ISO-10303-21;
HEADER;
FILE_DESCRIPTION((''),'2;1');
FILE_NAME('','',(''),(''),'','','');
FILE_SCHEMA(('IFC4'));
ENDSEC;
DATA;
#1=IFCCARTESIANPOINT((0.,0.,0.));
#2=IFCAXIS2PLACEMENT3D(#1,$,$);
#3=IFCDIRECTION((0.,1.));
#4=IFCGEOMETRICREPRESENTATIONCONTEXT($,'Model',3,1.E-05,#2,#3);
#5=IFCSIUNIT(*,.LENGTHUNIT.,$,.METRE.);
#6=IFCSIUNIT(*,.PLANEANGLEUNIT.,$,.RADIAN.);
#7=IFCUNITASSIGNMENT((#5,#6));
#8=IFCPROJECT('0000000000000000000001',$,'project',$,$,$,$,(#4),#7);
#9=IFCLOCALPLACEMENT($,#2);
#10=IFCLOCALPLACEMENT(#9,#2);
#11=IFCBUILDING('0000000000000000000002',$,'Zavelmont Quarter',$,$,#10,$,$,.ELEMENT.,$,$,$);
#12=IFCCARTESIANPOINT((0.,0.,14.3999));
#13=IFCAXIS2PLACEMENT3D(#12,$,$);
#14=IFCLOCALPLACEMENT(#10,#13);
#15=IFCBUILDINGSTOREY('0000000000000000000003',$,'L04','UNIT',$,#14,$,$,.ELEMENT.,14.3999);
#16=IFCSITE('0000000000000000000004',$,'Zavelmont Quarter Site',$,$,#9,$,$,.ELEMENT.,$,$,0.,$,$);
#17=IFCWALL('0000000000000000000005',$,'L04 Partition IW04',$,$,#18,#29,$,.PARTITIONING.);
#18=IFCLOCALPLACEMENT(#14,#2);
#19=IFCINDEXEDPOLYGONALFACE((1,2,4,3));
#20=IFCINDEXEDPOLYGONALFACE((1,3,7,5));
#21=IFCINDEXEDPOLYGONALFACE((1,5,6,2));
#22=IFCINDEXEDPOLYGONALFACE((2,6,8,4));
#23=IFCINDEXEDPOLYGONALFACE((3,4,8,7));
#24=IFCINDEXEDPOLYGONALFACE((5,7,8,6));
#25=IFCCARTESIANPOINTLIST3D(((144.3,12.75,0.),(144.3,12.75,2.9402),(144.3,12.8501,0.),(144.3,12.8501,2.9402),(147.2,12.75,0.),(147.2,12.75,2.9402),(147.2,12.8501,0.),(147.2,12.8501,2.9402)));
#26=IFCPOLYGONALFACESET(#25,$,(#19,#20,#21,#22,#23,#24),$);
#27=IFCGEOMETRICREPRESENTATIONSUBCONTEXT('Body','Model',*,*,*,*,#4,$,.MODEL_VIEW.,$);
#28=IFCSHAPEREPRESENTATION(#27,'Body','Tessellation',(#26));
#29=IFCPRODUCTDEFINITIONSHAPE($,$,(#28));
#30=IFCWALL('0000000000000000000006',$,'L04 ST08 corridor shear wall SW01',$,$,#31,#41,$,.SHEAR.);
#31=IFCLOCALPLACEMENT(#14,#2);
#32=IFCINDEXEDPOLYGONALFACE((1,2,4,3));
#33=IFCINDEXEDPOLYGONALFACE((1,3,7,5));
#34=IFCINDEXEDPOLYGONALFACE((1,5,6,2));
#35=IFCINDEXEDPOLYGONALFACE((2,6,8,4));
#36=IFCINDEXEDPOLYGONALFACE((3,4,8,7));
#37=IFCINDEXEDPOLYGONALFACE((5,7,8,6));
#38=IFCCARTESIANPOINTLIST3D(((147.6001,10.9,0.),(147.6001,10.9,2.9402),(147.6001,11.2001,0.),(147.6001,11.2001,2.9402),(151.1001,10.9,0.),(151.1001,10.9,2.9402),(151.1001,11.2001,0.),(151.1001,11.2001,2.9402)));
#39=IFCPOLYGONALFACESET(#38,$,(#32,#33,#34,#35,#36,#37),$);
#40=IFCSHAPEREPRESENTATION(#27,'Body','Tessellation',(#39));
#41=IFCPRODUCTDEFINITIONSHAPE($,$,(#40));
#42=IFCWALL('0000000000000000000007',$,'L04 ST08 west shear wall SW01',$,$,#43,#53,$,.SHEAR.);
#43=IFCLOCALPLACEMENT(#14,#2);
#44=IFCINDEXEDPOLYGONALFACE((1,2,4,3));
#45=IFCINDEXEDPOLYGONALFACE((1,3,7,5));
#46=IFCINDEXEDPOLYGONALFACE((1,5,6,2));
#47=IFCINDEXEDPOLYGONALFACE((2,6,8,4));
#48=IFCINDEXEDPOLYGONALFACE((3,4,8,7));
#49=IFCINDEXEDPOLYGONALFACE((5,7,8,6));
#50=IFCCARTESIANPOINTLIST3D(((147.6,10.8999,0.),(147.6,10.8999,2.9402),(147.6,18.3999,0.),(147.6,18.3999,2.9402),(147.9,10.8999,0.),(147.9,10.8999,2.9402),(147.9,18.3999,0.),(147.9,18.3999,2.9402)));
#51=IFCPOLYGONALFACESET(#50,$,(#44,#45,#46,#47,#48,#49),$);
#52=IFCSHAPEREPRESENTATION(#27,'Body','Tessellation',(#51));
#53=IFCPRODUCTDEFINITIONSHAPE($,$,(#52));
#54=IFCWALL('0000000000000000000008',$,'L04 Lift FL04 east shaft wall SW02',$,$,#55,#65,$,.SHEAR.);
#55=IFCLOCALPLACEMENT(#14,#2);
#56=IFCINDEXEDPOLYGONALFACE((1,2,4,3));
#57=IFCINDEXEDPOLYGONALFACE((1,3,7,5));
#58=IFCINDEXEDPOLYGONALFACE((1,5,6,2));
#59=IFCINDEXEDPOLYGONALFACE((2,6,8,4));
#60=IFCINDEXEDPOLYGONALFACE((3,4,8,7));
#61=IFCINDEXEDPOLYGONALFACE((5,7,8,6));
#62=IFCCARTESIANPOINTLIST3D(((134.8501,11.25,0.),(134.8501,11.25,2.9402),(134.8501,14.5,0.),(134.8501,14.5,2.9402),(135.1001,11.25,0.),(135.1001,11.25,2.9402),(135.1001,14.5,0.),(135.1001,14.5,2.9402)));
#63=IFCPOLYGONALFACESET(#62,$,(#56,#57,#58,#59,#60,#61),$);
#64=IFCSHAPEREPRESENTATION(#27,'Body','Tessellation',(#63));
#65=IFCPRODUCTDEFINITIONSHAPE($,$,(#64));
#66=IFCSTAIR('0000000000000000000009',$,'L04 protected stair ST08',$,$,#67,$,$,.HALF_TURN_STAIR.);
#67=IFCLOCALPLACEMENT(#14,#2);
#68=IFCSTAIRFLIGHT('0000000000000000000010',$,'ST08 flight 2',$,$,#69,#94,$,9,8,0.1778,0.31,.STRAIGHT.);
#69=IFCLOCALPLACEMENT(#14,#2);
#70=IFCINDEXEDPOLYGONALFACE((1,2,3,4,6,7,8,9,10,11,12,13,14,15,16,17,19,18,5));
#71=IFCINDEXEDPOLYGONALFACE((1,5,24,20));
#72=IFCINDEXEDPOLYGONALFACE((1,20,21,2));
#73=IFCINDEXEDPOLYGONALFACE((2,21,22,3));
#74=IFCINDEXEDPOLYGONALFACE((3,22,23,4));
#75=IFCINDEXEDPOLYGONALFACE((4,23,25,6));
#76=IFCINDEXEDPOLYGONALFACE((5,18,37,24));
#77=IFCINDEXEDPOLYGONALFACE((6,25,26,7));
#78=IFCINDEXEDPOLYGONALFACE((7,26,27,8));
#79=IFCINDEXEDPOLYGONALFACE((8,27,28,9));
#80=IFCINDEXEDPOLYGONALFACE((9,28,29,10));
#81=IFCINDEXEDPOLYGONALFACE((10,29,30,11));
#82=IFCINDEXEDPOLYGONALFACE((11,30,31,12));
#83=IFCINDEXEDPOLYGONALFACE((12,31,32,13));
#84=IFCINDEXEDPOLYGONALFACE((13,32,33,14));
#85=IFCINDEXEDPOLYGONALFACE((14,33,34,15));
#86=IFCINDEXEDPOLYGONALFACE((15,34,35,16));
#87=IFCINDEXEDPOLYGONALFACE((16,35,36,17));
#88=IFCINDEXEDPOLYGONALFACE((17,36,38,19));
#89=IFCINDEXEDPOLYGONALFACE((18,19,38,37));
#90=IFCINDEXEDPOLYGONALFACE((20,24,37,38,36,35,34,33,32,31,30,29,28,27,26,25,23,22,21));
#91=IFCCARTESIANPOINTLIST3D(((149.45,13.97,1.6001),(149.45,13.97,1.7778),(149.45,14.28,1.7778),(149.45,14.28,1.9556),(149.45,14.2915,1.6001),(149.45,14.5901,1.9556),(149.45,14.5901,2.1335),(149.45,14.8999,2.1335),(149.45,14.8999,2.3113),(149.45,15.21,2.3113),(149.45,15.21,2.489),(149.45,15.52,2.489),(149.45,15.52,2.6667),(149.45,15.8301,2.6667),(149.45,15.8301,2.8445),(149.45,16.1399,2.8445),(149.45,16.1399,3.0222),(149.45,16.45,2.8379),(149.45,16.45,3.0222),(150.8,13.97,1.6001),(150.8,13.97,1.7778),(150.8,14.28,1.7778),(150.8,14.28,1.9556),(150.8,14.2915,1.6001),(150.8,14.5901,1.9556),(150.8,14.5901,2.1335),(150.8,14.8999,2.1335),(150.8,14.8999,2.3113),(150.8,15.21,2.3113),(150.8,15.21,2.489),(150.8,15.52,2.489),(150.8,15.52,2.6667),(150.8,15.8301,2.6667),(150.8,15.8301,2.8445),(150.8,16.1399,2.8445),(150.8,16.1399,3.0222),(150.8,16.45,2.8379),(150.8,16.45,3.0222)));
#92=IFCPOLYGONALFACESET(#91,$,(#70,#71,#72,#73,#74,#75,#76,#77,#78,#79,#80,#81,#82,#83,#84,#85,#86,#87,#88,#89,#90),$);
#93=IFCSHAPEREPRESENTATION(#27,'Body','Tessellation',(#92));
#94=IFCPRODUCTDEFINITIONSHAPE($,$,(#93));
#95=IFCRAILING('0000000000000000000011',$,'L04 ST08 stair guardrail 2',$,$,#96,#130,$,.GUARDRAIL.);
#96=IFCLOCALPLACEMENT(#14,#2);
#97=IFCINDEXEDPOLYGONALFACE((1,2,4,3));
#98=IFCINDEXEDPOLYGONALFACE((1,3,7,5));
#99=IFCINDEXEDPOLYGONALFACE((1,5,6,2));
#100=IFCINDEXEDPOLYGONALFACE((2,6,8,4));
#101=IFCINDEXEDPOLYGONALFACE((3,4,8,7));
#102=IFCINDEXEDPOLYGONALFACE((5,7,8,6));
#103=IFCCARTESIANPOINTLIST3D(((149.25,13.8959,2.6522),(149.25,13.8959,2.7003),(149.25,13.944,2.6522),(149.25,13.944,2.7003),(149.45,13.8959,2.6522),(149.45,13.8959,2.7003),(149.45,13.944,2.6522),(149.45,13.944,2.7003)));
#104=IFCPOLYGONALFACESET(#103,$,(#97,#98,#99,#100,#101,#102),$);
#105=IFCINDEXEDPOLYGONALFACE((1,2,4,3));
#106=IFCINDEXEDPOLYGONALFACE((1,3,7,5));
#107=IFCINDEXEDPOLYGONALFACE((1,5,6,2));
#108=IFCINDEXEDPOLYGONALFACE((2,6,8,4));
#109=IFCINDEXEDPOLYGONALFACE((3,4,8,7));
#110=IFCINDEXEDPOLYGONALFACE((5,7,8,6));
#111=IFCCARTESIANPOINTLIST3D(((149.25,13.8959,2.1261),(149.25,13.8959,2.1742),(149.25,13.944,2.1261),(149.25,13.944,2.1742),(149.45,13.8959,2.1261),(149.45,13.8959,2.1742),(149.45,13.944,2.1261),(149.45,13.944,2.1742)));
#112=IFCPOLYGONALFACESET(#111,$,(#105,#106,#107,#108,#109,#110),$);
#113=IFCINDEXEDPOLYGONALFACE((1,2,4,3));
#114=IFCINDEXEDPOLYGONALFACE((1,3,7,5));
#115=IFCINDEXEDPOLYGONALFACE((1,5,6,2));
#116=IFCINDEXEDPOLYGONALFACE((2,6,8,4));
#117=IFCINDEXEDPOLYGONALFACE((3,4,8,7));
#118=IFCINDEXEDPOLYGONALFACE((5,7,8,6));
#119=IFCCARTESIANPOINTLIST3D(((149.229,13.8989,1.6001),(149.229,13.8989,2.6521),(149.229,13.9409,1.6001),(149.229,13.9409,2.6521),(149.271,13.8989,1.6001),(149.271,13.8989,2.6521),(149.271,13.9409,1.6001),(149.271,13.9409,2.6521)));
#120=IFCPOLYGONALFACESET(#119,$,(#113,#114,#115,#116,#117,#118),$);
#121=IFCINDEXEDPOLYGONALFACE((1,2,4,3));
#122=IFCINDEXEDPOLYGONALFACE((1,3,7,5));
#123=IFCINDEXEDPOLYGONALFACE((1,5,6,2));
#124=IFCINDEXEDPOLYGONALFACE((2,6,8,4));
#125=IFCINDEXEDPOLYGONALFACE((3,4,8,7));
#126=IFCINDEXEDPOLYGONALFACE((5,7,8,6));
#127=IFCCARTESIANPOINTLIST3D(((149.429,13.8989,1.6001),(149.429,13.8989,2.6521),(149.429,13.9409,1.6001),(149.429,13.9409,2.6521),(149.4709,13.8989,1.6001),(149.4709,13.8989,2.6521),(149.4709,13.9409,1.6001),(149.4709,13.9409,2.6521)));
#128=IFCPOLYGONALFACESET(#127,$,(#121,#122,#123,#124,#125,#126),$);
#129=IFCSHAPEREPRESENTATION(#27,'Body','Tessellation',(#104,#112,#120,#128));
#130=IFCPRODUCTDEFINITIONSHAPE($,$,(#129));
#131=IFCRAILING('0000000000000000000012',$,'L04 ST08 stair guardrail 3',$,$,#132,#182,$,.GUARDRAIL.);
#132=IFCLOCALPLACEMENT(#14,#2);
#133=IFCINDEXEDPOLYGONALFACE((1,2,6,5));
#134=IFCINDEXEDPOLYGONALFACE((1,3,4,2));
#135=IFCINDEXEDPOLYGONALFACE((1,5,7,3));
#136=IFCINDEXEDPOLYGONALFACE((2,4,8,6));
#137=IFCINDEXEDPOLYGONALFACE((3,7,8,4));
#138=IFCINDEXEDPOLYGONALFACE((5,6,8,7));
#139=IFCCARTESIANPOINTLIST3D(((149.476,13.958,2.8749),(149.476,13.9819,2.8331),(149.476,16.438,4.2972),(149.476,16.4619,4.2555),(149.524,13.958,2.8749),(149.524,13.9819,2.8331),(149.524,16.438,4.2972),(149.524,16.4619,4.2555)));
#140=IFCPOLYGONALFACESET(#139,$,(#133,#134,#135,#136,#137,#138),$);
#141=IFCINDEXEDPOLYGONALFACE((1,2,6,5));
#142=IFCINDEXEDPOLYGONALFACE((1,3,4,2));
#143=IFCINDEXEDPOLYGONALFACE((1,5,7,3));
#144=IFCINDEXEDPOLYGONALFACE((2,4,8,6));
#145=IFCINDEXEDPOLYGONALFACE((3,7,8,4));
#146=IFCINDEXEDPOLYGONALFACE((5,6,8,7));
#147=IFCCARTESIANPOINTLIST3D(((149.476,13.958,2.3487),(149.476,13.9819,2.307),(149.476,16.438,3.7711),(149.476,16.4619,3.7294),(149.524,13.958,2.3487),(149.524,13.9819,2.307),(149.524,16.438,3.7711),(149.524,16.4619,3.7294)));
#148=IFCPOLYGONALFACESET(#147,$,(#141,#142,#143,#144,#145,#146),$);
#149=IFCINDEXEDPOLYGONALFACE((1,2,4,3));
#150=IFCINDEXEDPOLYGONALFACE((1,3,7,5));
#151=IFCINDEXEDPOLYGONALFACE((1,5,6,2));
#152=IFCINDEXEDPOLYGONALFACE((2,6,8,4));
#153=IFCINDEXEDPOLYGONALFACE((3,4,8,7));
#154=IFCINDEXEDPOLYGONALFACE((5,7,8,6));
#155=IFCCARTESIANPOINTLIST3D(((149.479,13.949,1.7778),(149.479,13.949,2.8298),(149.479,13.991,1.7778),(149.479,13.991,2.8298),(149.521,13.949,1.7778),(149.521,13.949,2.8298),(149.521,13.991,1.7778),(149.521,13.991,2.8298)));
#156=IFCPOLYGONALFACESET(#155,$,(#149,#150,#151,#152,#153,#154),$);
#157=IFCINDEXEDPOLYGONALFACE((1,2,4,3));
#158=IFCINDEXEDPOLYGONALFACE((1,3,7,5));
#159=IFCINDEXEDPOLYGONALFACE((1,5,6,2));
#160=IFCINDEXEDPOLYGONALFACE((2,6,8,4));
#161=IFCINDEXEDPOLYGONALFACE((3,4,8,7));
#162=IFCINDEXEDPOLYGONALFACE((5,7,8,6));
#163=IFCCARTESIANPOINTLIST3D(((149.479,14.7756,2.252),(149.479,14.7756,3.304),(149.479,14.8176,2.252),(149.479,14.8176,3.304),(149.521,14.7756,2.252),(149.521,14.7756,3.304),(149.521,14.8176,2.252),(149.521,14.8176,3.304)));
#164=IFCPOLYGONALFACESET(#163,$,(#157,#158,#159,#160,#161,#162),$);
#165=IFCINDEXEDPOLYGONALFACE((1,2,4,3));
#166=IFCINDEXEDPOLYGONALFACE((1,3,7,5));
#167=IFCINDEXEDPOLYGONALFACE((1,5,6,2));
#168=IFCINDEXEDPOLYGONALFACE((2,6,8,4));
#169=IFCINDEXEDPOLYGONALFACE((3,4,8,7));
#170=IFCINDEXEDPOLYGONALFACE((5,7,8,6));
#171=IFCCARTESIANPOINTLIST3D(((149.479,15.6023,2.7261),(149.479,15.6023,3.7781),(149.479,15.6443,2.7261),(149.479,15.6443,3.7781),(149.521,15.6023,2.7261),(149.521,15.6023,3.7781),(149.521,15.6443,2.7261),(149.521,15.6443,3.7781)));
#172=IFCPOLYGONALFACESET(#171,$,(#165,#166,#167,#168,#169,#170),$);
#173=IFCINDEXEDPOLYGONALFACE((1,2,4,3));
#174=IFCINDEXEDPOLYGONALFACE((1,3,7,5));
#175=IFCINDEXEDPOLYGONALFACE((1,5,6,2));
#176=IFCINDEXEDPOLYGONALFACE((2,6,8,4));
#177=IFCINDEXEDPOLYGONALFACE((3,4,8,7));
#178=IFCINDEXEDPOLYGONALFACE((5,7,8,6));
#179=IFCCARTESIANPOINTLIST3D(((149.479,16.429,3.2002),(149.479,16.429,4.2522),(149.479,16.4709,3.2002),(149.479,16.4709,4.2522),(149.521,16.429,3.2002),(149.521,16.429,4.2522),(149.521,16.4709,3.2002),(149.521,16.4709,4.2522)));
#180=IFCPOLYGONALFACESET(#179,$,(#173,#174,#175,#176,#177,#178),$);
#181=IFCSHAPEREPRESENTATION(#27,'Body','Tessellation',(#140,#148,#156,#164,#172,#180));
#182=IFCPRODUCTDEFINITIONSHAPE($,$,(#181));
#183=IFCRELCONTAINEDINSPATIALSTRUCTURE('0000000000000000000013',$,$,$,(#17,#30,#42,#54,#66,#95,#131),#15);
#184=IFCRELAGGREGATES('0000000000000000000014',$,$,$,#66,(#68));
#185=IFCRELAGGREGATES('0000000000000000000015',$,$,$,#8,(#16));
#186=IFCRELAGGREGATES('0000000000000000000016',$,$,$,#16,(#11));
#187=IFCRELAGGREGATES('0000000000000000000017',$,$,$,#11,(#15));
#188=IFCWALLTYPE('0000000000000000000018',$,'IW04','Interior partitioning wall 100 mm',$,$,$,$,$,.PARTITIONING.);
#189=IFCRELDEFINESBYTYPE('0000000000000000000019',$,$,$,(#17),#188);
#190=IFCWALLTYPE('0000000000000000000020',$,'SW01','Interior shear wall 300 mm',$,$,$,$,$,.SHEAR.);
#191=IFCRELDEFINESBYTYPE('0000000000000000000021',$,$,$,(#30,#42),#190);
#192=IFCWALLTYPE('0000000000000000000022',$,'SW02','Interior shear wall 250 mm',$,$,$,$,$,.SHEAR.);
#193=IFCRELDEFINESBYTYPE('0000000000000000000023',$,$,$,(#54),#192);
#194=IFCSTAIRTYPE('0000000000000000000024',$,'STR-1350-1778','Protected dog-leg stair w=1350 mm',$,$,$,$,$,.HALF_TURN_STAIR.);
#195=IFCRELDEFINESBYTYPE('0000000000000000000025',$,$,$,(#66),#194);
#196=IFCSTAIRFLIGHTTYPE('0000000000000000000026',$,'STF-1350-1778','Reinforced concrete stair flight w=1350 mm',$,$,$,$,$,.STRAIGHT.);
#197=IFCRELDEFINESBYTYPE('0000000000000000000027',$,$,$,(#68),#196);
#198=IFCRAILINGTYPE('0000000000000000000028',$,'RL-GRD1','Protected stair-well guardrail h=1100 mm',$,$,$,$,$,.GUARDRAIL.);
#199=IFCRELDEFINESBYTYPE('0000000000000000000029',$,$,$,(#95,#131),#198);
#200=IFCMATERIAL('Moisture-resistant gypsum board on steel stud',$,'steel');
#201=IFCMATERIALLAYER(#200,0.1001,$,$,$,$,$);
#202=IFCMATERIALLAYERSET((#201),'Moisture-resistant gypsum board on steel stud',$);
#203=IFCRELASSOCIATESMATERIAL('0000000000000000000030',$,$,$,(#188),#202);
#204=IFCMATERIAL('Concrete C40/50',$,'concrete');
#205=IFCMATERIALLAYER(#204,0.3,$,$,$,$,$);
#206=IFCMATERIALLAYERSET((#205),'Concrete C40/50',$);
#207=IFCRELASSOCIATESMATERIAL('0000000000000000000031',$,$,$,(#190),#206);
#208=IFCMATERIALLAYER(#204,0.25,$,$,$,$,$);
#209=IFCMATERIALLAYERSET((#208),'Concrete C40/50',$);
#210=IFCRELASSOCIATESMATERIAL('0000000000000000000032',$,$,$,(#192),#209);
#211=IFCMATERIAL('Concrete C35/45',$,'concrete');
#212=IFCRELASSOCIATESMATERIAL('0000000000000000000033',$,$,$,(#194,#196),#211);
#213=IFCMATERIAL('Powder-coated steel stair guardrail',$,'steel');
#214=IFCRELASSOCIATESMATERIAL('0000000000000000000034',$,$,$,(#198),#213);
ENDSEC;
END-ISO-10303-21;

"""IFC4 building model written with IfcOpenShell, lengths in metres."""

from ifc_helpers import new_model, si_unit, direction, frame, frame_2d, origin, origin_2d, place, context, subcontext, project, spatial, polyline, rectangle, outline, extrude, material, layer, layer_set, type_object, element, aggregate, save


model = new_model("IFC4")

# Units and contexts
model_context = context("Model", 3, precision=1e-05, world=origin(), true_north=direction((0.0, 1.0)))
body_context = subcontext(model_context, "Body", "Model", "MODEL_VIEW")
ifc_project = project(units=[si_unit("LENGTHUNIT", "METRE"), si_unit("PLANEANGLEUNIT", "RADIAN")], contexts=[model_context])

# Site, building, storey
site_placement = place(None, origin())
site = spatial("IfcSite", under=ifc_project, at=site_placement, Name="Zavelmont Quarter Site", CompositionType="ELEMENT", RefElevation=0.0)
building_placement = place(site_placement, origin())
building = spatial("IfcBuilding", under=site, at=building_placement, Name="Zavelmont Quarter", CompositionType="ELEMENT")
storey_placement = place(building_placement, frame((0.0, 0.0, 14.3999)))
storey = spatial("IfcBuildingStorey", under=building, at=storey_placement, Name="L04", Description="UNIT", CompositionType="ELEMENT", Elevation=14.3999)

# Shared definitions
ifc_material_1 = material(Name="Concrete C35/45", Category="concrete")

# Shared definitions
ifc_material_2 = material(Name="Concrete C40/50", Category="concrete")

# Walls
ifc_material_3 = material(Name="Moisture-resistant gypsum board on steel stud", Category="steel")
ifc_layer_1 = layer(ifc_material_3, 0.1001)
ifc_layer_set_1 = layer_set([ifc_layer_1], Name="Moisture-resistant gypsum board on steel stud")
wall_type_1 = type_object("IfcWallType", Name="IW04", Description="Interior partitioning wall 100 mm", PredefinedType="PARTITIONING", material=ifc_layer_set_1)
wall_1_placement = place(storey_placement, frame((144.3, 12.8, 0.0), z_axis=(0.0, 0.0, 1.0), x_axis=(1.0, 0.0, 0.0)))
element("IfcWall", 1, at=wall_1_placement, inside=storey, type_object=wall_type_1, Name="L04 Partition IW04", PredefinedType="PARTITIONING", context=body_context, shape_type="SweptSolid", body=[
    extrude(rectangle(XDim=2.8999, YDim=0.1001, at=frame_2d((1.45, 0.0))), origin(), (0.0, 0.0, 1.0), 2.9402),
])
ifc_layer_2 = layer(ifc_material_2, 0.3)
ifc_layer_set_2 = layer_set([ifc_layer_2], Name="Concrete C40/50")
wall_type_2 = type_object("IfcWallType", Name="SW01", Description="Interior shear wall 300 mm", PredefinedType="SHEAR", material=ifc_layer_set_2)
wall_2_placement = place(storey_placement, frame((147.6001, 11.05, 0.0), z_axis=(0.0, 0.0, 1.0), x_axis=(1.0, 0.0, 0.0)))
element("IfcWall", 2, at=wall_2_placement, inside=storey, type_object=wall_type_2, Name="L04 ST08 corridor shear wall SW01", PredefinedType="SHEAR", context=body_context, shape_type="SweptSolid", body=[
    extrude(rectangle(XDim=3.5, YDim=0.3, at=frame_2d((1.75, 0.0))), origin(), (0.0, 0.0, 1.0), 2.9402),
])
wall_3_placement = place(storey_placement, frame((147.75, 10.8999, 0.0), z_axis=(0.0, 0.0, 1.0), x_axis=(0.0, 1.0, 0.0)))
element("IfcWall", 3, at=wall_3_placement, inside=storey, type_object=wall_type_2, Name="L04 ST08 west shear wall SW01", PredefinedType="SHEAR", context=body_context, shape_type="SweptSolid", body=[
    extrude(rectangle(XDim=7.5, YDim=0.3, at=frame_2d((3.75, 0.0))), origin(), (0.0, 0.0, 1.0), 2.9402),
])

# Wall
ifc_layer_3 = layer(ifc_material_2, 0.25)
ifc_layer_set_3 = layer_set([ifc_layer_3], Name="Concrete C40/50")
wall_type_3 = type_object("IfcWallType", Name="SW02", Description="Interior shear wall 250 mm", PredefinedType="SHEAR", material=ifc_layer_set_3)
wall_4_placement = place(storey_placement, frame((134.9751, 11.25, 0.0), z_axis=(0.0, 0.0, 1.0), x_axis=(0.0, 1.0, 0.0)))
element("IfcWall", 4, at=wall_4_placement, inside=storey, type_object=wall_type_3, Name="L04 Lift FL04 east shaft wall SW02", PredefinedType="SHEAR", context=body_context, shape_type="SweptSolid", body=[
    extrude(rectangle(XDim=3.25, YDim=0.25, at=frame_2d((1.625, 0.0))), origin(), (0.0, 0.0, 1.0), 2.9402),
])

# Stair, stair flight
stair_type = type_object("IfcStairType", Name="STR-1350-1778", Description="Protected dog-leg stair w=1350 mm", PredefinedType="HALF_TURN_STAIR", material=ifc_material_1)
stair_placement = place(storey_placement, origin())
stair = element("IfcStair", 5, at=stair_placement, inside=storey, type_object=stair_type, Name="L04 protected stair ST08", PredefinedType="HALF_TURN_STAIR")
stair_flight_type = type_object("IfcStairFlightType", Name="STF-1350-1778", Description="Reinforced concrete stair flight w=1350 mm", PredefinedType="STRAIGHT", material=ifc_material_1)
stair_flight_placement = place(storey_placement, frame((150.125, 13.97, 1.6001), z_axis=(0.0, 0.0, 1.0), x_axis=(0.0, 1.0, 0.0)))
stair_flight = element("IfcStairFlight", 6, at=stair_flight_placement, type_object=stair_flight_type, Name="ST08 flight 2", NumberOfRisers=9, NumberOfTreads=8, PredefinedType="STRAIGHT", RiserHeight=0.1778, TreadLength=0.31, context=body_context, shape_type="SweptSolid", body=[
    extrude(outline(polyline([(0.0, 0.0), (0.0, 0.1777), (0.3101, 0.1777), (0.3101, 0.3555), (0.6201, 0.3555), (0.6201, 0.5334), (0.9299, 0.5334), (0.9299, 0.7112), (1.24, 0.7112), (1.24, 0.8889), (1.55, 0.8889), (1.55, 1.0667), (1.8601, 1.0667), (1.8601, 1.2444), (2.1699, 1.2444), (2.1699, 1.4221), (2.48, 1.4221), (2.48, 1.6001), (2.48, 1.2378), (0.3215, 0.0), (0.0, 0.0)])), frame((0.0, 0.675, 0.0), z_axis=(0.0, -1.0, 0.0), x_axis=(1.0, 0.0, 0.0)), (0.0, 0.0, 1.0), 1.3501),
])
aggregate(stair, [stair_flight])

# Railings
ifc_material_4 = material(Name="Powder-coated steel stair guardrail", Category="steel")
railing_type_1 = type_object("IfcRailingType", Name="RL-GRD1", Description="Protected stair-well guardrail h=1100 mm", PredefinedType="GUARDRAIL", material=ifc_material_4)
railing_1_placement = place(storey_placement, frame((149.25, 13.9199, 1.6001)))
element("IfcRailing", 7, at=railing_1_placement, inside=storey, type_object=railing_type_1, Name="L04 ST08 stair guardrail 2", PredefinedType="GUARDRAIL", context=body_context, shape_type="SweptSolid", body=[
    extrude(rectangle(XDim=0.0481, YDim=0.0481, at=origin_2d()), frame((0.0, 0.0, 1.0762), z_axis=(1.0, 0.0, 0.0), x_axis=(0.0, 1.0, 0.0)), (0.0, 0.0, 1.0), 0.2),
    extrude(rectangle(XDim=0.0481, YDim=0.0481, at=origin_2d()), frame((0.0, 0.0, 0.55), z_axis=(1.0, 0.0, 0.0), x_axis=(0.0, 1.0, 0.0)), (0.0, 0.0, 1.0), 0.2),
    extrude(rectangle(XDim=0.042, YDim=0.042, at=origin_2d()), origin(), (0.0, 0.0, 1.0), 1.052),
    extrude(rectangle(XDim=0.042, YDim=0.042, at=origin_2d()), frame((0.2, 0.0, 0.0)), (0.0, 0.0, 1.0), 1.052),
])
railing_2_placement = place(storey_placement, frame((149.5, 13.97, 1.7778)))
element("IfcRailing", 8, at=railing_2_placement, inside=storey, type_object=railing_type_1, Name="L04 ST08 stair guardrail 3", PredefinedType="GUARDRAIL", context=body_context, shape_type="SweptSolid", body=[
    extrude(rectangle(XDim=0.0481, YDim=0.0481, at=origin_2d()), frame((0.0, 0.0, 1.0762), z_axis=(0.0, 0.867454, 0.497518), x_axis=(-1.0, 0.0, 0.0)), (0.0, 0.0, 1.0), 2.8589),
    extrude(rectangle(XDim=0.0481, YDim=0.0481, at=origin_2d()), frame((0.0, 0.0, 0.55), z_axis=(0.0, 0.867454, 0.497518), x_axis=(-1.0, 0.0, 0.0)), (0.0, 0.0, 1.0), 2.8589),
    extrude(rectangle(XDim=0.042, YDim=0.042, at=origin_2d()), origin(), (0.0, 0.0, 1.0), 1.052),
    extrude(rectangle(XDim=0.042, YDim=0.042, at=origin_2d()), frame((0.0, 0.8267, 0.4741)), (0.0, 0.0, 1.0), 1.052),
    extrude(rectangle(XDim=0.042, YDim=0.042, at=origin_2d()), frame((0.0, 1.6533, 0.9482)), (0.0, 0.0, 1.0), 1.052),
    extrude(rectangle(XDim=0.042, YDim=0.042, at=origin_2d()), frame((0.0, 2.48, 1.4224)), (0.0, 0.0, 1.0), 1.052),
])

save(model, "model.ifc")
